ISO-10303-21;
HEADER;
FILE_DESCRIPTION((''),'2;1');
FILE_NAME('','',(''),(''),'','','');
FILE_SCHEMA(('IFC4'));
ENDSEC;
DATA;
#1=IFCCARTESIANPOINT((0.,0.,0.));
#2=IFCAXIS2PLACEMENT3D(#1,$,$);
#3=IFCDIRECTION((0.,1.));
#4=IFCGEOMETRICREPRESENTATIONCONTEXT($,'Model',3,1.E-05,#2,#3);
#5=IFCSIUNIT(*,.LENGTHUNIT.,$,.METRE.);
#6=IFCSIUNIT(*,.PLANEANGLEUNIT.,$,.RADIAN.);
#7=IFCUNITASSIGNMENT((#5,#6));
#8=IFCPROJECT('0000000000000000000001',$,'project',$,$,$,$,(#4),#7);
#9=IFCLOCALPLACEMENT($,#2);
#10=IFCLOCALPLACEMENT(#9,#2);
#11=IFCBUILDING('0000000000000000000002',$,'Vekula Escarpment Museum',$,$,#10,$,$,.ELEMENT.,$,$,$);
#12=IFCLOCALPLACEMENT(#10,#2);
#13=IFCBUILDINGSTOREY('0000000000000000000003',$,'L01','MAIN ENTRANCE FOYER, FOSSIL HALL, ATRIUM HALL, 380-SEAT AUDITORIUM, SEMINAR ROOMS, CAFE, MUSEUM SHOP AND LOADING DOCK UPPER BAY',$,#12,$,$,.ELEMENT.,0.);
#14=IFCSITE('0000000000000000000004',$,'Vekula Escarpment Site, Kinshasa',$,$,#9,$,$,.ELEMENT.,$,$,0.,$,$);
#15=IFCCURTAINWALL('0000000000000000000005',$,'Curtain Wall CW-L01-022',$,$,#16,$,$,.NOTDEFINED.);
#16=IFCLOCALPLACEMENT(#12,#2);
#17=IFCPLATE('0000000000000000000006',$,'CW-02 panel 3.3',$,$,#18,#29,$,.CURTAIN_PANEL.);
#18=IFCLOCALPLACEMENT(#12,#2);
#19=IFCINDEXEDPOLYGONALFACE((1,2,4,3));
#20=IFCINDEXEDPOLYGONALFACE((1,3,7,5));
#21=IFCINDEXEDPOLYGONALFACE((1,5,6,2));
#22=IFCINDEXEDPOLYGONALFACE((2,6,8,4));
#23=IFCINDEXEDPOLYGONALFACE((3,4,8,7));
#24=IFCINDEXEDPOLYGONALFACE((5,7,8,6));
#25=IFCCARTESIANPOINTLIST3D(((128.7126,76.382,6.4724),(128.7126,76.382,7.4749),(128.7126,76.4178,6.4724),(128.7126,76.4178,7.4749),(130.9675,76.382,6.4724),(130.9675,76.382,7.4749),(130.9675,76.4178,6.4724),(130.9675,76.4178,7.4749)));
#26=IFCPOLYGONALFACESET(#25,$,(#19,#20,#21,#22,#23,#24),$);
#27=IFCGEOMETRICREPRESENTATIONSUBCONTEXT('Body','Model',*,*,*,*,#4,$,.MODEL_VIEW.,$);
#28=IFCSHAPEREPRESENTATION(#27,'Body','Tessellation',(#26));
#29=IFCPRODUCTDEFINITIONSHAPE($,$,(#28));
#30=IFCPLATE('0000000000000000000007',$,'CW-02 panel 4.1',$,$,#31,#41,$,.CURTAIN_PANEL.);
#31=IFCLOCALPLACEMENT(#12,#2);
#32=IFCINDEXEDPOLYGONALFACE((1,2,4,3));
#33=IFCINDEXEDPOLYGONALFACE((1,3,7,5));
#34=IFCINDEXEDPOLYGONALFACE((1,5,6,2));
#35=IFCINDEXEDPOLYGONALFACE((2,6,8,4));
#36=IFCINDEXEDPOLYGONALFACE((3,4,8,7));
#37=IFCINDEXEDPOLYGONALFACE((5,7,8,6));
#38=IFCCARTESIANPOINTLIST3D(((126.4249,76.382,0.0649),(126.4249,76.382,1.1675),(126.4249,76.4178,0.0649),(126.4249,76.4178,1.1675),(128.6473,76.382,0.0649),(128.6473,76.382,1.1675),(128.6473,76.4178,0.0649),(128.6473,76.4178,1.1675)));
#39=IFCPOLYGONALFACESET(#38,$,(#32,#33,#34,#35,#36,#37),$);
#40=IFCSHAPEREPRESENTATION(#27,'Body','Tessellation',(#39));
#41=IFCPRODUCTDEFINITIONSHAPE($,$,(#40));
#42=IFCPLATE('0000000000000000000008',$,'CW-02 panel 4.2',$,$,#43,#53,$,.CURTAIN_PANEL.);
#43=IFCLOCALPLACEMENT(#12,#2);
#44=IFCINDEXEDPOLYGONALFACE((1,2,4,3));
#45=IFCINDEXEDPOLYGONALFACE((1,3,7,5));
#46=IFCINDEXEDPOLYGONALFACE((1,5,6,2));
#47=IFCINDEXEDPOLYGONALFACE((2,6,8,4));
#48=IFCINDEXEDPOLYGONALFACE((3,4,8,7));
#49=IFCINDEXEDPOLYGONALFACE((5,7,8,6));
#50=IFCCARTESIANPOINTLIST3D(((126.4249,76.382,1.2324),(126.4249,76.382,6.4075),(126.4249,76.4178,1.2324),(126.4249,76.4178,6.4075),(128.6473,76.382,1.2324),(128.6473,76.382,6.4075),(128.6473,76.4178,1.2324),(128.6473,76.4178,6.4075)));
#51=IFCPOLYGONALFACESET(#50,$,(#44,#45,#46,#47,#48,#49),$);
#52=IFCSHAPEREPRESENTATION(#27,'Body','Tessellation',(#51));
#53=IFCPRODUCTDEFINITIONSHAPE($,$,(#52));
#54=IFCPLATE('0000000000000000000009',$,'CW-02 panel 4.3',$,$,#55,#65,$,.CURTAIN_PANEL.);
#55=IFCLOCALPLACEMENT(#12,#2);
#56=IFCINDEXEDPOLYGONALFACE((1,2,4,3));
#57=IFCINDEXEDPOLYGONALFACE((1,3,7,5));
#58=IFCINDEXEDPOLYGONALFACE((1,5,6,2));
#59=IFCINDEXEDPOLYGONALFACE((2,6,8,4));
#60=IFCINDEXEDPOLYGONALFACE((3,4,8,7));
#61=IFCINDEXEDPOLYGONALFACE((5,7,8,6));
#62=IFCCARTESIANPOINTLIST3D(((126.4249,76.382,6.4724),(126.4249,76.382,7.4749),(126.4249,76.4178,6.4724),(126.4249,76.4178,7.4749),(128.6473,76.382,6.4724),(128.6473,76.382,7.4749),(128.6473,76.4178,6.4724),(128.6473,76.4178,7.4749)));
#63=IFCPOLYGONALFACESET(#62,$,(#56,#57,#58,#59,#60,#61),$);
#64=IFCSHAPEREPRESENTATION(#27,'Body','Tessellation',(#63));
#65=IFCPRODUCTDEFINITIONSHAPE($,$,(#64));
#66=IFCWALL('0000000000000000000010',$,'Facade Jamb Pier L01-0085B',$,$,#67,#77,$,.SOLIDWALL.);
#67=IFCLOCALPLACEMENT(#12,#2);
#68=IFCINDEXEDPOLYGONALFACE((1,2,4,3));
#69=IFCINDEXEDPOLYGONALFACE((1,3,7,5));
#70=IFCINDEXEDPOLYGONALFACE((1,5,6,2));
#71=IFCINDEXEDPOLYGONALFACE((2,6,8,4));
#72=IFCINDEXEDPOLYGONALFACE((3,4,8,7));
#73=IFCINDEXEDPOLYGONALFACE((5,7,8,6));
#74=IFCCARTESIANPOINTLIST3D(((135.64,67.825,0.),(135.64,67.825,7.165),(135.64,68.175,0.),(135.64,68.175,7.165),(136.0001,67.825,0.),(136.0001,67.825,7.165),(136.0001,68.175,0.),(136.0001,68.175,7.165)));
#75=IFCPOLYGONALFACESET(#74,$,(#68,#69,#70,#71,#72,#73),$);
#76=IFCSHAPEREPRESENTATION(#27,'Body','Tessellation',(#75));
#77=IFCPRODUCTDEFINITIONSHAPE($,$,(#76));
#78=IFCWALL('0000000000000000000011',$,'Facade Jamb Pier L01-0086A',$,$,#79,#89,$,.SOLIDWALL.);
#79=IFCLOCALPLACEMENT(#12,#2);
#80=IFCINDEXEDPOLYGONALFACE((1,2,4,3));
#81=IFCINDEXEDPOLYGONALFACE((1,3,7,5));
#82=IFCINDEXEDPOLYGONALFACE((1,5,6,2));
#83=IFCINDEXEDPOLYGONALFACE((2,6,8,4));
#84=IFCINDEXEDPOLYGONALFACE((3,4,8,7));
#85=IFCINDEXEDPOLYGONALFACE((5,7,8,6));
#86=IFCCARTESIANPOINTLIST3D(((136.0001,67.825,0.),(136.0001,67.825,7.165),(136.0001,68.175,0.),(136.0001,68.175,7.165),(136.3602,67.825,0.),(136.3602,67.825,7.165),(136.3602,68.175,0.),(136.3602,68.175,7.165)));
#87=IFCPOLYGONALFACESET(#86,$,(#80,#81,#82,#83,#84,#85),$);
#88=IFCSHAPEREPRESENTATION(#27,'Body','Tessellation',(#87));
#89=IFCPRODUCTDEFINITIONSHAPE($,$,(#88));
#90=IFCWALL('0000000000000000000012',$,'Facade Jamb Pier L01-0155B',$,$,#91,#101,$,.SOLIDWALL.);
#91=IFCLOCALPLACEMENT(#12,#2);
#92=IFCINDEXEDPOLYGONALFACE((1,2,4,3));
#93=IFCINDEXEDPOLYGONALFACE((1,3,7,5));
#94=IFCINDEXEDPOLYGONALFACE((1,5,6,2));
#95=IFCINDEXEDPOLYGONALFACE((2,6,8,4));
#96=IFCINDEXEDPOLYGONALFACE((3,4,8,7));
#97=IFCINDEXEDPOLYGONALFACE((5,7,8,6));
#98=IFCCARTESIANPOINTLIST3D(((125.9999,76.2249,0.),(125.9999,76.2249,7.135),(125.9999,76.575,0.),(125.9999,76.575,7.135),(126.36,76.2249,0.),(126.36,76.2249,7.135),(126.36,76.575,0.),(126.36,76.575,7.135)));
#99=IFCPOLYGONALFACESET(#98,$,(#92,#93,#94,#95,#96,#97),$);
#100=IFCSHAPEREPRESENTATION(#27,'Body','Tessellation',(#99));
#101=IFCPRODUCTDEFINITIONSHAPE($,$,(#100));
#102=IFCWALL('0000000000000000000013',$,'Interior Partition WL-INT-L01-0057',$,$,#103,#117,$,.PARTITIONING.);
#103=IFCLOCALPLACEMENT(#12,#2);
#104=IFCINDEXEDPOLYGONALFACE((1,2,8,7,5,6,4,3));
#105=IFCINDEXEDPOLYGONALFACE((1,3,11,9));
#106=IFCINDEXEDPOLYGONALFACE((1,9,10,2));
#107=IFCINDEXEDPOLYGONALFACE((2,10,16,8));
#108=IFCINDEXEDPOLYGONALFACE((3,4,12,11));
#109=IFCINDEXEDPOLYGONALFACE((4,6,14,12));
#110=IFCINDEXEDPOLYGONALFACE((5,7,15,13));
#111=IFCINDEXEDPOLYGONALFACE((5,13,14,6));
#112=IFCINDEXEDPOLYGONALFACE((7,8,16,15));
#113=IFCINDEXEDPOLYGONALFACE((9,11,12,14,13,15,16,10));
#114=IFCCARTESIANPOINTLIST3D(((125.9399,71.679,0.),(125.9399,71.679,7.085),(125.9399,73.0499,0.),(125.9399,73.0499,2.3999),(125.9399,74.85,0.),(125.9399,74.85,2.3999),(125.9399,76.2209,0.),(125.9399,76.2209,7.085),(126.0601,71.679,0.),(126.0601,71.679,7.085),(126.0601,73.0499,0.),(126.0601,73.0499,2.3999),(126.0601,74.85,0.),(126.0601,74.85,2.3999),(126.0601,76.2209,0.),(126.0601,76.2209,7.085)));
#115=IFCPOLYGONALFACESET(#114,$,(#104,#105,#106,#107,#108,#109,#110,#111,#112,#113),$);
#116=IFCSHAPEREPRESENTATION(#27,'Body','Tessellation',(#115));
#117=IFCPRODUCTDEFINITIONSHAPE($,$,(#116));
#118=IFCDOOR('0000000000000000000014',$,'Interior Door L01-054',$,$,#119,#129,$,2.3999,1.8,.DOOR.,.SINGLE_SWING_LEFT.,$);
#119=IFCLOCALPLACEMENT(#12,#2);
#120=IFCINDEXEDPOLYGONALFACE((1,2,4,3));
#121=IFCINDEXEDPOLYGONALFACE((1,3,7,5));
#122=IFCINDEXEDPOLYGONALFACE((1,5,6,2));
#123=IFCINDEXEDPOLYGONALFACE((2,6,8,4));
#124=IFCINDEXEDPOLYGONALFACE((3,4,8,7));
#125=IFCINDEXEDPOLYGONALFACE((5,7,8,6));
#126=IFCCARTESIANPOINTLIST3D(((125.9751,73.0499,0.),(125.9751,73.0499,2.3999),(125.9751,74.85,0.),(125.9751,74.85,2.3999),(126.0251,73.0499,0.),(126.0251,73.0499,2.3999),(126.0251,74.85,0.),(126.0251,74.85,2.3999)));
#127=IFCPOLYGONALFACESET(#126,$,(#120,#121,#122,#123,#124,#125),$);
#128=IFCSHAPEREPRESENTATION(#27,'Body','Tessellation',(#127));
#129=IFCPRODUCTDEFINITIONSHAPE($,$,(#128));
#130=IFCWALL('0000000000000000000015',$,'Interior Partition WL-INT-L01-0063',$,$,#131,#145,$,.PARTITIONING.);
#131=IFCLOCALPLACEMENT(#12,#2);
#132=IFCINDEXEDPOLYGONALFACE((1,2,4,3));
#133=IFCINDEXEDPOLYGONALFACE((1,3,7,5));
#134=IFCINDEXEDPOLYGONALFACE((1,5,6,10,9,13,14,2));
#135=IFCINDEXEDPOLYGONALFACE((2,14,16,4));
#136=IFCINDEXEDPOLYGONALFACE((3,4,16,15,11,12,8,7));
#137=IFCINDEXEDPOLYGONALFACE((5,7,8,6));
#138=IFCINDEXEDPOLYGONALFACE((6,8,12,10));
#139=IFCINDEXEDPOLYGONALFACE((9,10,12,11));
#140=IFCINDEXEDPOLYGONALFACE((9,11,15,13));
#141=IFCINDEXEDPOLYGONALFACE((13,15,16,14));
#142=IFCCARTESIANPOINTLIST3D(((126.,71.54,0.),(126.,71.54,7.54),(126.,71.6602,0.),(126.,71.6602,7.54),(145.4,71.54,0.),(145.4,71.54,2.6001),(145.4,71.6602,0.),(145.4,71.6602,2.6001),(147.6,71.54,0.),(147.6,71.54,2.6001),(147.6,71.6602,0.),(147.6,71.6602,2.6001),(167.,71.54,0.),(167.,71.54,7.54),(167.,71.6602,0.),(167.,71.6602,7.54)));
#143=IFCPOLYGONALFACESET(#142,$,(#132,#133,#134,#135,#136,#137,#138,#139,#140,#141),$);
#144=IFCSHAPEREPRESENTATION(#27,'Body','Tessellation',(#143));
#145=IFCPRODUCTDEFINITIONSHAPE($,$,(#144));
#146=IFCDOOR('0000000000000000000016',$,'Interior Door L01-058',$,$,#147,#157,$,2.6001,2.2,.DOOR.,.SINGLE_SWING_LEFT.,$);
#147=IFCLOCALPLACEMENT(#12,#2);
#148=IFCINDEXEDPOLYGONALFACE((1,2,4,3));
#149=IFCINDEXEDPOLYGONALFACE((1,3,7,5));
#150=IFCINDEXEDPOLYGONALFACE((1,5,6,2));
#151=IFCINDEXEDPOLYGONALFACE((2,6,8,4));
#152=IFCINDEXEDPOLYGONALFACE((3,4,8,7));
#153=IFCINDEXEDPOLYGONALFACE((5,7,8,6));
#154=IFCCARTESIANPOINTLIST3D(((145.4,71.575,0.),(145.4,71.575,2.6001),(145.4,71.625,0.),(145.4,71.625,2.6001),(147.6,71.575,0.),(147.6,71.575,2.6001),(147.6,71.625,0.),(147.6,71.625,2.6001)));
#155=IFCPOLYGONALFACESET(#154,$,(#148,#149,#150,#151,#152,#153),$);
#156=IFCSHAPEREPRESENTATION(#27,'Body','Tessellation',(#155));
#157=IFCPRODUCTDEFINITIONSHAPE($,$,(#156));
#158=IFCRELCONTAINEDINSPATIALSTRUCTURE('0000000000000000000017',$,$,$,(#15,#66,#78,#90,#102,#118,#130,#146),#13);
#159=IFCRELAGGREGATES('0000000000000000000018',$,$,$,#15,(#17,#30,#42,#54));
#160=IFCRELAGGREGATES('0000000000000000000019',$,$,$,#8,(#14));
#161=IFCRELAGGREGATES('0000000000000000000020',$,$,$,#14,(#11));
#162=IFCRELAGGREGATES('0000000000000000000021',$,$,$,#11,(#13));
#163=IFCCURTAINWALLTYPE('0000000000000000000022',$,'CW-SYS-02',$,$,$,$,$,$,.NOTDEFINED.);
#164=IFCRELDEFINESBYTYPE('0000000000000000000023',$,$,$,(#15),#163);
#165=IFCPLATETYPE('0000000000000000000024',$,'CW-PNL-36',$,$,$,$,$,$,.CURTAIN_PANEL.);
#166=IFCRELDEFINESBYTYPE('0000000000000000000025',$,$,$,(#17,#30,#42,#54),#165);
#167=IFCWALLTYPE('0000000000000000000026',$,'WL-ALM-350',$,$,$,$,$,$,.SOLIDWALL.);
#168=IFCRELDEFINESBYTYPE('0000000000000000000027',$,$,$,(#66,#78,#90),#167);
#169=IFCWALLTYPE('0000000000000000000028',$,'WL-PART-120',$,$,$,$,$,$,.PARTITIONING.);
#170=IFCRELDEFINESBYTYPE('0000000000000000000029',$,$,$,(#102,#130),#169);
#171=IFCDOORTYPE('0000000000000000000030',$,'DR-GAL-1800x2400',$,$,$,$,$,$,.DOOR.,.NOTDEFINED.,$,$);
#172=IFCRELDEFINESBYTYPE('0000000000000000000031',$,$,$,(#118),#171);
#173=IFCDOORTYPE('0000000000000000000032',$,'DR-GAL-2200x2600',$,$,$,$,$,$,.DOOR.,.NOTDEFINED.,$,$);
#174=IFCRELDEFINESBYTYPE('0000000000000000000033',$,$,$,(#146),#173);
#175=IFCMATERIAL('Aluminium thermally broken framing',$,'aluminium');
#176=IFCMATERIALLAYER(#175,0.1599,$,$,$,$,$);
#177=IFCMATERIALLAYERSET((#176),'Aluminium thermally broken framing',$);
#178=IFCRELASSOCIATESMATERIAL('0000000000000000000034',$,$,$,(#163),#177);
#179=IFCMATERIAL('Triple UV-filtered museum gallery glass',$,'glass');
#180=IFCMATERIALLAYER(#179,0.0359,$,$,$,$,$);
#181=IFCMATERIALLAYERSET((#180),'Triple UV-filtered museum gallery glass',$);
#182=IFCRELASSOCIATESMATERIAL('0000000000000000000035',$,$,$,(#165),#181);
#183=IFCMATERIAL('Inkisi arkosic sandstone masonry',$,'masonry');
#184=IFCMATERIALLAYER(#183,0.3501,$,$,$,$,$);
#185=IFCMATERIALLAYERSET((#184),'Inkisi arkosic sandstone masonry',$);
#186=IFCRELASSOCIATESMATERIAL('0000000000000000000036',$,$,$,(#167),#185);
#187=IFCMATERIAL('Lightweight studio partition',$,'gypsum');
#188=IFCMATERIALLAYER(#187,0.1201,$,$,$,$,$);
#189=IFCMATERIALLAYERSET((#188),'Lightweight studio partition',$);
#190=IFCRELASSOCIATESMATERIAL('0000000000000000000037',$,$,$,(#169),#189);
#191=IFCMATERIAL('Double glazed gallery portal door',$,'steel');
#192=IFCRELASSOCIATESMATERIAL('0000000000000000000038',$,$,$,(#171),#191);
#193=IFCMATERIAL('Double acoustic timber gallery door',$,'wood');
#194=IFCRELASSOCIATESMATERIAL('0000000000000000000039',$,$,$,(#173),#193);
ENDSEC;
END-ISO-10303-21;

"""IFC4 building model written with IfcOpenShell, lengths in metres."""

from ifc_helpers import new_model, si_unit, direction, frame, frame_2d, origin, origin_2d, place, context, subcontext, project, spatial, rectangle, extrude, material, layer, layer_set, type_object, element, fill, aggregate, save


model = new_model("IFC4")

# Units and contexts
model_context = context("Model", 3, precision=1e-05, world=origin(), true_north=direction((0.0, 1.0)))
body_context = subcontext(model_context, "Body", "Model", "MODEL_VIEW")
ifc_project = project(units=[si_unit("LENGTHUNIT", "METRE"), si_unit("PLANEANGLEUNIT", "RADIAN")], contexts=[model_context])

# Site, building, storey
site_placement = place(None, origin())
site = spatial("IfcSite", under=ifc_project, at=site_placement, Name="Vekula Escarpment Site, Kinshasa", CompositionType="ELEMENT", RefElevation=0.0)
building_placement = place(site_placement, origin())
building = spatial("IfcBuilding", under=site, at=building_placement, Name="Vekula Escarpment Museum", CompositionType="ELEMENT")
storey_placement = place(building_placement, origin())
storey = spatial("IfcBuildingStorey", under=building, at=storey_placement, Name="L01", Description="MAIN ENTRANCE FOYER, FOSSIL HALL, ATRIUM HALL, 380-SEAT AUDITORIUM, SEMINAR ROOMS, CAFE, MUSEUM SHOP AND LOADING DOCK UPPER BAY", CompositionType="ELEMENT", Elevation=0.0)

# Shared definitions
ifc_material_1 = material(Name="Aluminium thermally broken framing", Category="aluminium")
ifc_layer_1 = layer(ifc_material_1, 0.1599)
ifc_layer_set_1 = layer_set([ifc_layer_1], Name="Aluminium thermally broken framing")
curtain_wall_type = type_object("IfcCurtainWallType", Name="CW-SYS-02", PredefinedType="NOTDEFINED", material=ifc_layer_set_1)

# Curtain wall
curtain_wall_1_placement = place(storey_placement, origin())
curtain_wall_1 = element("IfcCurtainWall", 1, at=curtain_wall_1_placement, inside=storey, type_object=curtain_wall_type, Name="Curtain Wall CW-L01-022", PredefinedType="NOTDEFINED")

# Plates
ifc_material_2 = material(Name="Triple UV-filtered museum gallery glass", Category="glass")
ifc_layer_2 = layer(ifc_material_2, 0.0359)
ifc_layer_set_2 = layer_set([ifc_layer_2], Name="Triple UV-filtered museum gallery glass")
plate_type_1 = type_object("IfcPlateType", Name="CW-PNL-36", PredefinedType="CURTAIN_PANEL", material=ifc_layer_set_2)
plate_1_placement = place(storey_placement, frame((129.8401, 76.3999, 6.4724), z_axis=(0.0, 0.0, 1.0), x_axis=(-1.0, 0.0, 0.0)))
plate_1 = element("IfcPlate", 2, at=plate_1_placement, type_object=plate_type_1, Name="CW-02 panel 3.3", PredefinedType="CURTAIN_PANEL", context=body_context, shape_type="SweptSolid", body=[
    extrude(rectangle(XDim=2.2549, YDim=0.0359, at=origin_2d()), origin(), (0.0, 0.0, 1.0), 1.0024),
])
plate_2_placement = place(storey_placement, frame((127.5361, 76.3999, 0.0649), z_axis=(0.0, 0.0, 1.0), x_axis=(-1.0, 0.0, 0.0)))
plate_2 = element("IfcPlate", 3, at=plate_2_placement, type_object=plate_type_1, Name="CW-02 panel 4.1", PredefinedType="CURTAIN_PANEL", context=body_context, shape_type="SweptSolid", body=[
    extrude(rectangle(XDim=2.2224, YDim=0.0359, at=origin_2d()), origin(), (0.0, 0.0, 1.0), 1.1025),
])
plate_3_placement = place(storey_placement, frame((127.5361, 76.3999, 1.2324), z_axis=(0.0, 0.0, 1.0), x_axis=(-1.0, 0.0, 0.0)))
plate_3 = element("IfcPlate", 4, at=plate_3_placement, type_object=plate_type_1, Name="CW-02 panel 4.2", PredefinedType="CURTAIN_PANEL", context=body_context, shape_type="SweptSolid", body=[
    extrude(rectangle(XDim=2.2224, YDim=0.0359, at=origin_2d()), origin(), (0.0, 0.0, 1.0), 5.175),
])
plate_4_placement = place(storey_placement, frame((127.5361, 76.3999, 6.4724), z_axis=(0.0, 0.0, 1.0), x_axis=(-1.0, 0.0, 0.0)))
plate_4 = element("IfcPlate", 5, at=plate_4_placement, type_object=plate_type_1, Name="CW-02 panel 4.3", PredefinedType="CURTAIN_PANEL", context=body_context, shape_type="SweptSolid", body=[
    extrude(rectangle(XDim=2.2224, YDim=0.0359, at=origin_2d()), origin(), (0.0, 0.0, 1.0), 1.0024),
])
aggregate(curtain_wall_1, [plate_1, plate_2, plate_3, plate_4])

# Walls
ifc_material_3 = material(Name="Inkisi arkosic sandstone masonry", Category="masonry")
ifc_layer_3 = layer(ifc_material_3, 0.3501)
ifc_layer_set_3 = layer_set([ifc_layer_3], Name="Inkisi arkosic sandstone masonry")
wall_type_1 = type_object("IfcWallType", Name="WL-ALM-350", PredefinedType="SOLIDWALL", material=ifc_layer_set_3)
for number, where, z_axis, x_axis, name in (
    (6, (135.6399, 68.0, 0.0), (0.0, 0.0, 1.0), (1.0, 0.0, 0.0), "Facade Jamb Pier L01-0085B"),
    (7, (136.0, 68.0, 0.0), (0.0, 0.0, 1.0), (1.0, 0.0, 0.0), "Facade Jamb Pier L01-0086A"),
):
    element("IfcWall", number, at=place(storey_placement, frame(where, z_axis=z_axis, x_axis=x_axis)), inside=storey, type_object=wall_type_1, Name=name, PredefinedType="SOLIDWALL", context=body_context, shape_type="SweptSolid", body=[
        extrude(rectangle(XDim=0.3601, YDim=0.3501, at=frame_2d((0.1802, 0.0))), origin(), (0.0, 0.0, 1.0), 7.165),
    ])
wall_1_placement = place(storey_placement, frame((126.3601, 76.3999, 0.0), z_axis=(0.0, 0.0, 1.0), x_axis=(-1.0, 0.0, 0.0)))
element("IfcWall", 8, at=wall_1_placement, inside=storey, type_object=wall_type_1, Name="Facade Jamb Pier L01-0155B", PredefinedType="SOLIDWALL", context=body_context, shape_type="SweptSolid", body=[
    extrude(rectangle(XDim=0.3601, YDim=0.3501, at=frame_2d((0.1802, 0.0))), origin(), (0.0, 0.0, 1.0), 7.135),
])

# Walls, openings, doors
ifc_material_4 = material(Name="Lightweight studio partition", Category="gypsum")
ifc_layer_4 = layer(ifc_material_4, 0.1201)
ifc_layer_set_4 = layer_set([ifc_layer_4], Name="Lightweight studio partition")
wall_type_2 = type_object("IfcWallType", Name="WL-PART-120", PredefinedType="PARTITIONING", material=ifc_layer_set_4)
wall_2_placement = place(storey_placement, frame((126.0, 71.679, 0.0), z_axis=(0.0, 0.0, 1.0), x_axis=(0.0, 1.0, 0.0)))
wall_2 = element("IfcWall", 9, at=wall_2_placement, inside=storey, type_object=wall_type_2, Name="Interior Partition WL-INT-L01-0057", PredefinedType="PARTITIONING", context=body_context, shape_type="SweptSolid", body=[
    extrude(rectangle(XDim=4.542, YDim=0.1201, at=frame_2d((2.271, 0.0))), origin(), (0.0, 0.0, 1.0), 7.085),
])
opening_1_placement = place(wall_2_placement, frame((1.3711, 0.0, 0.0)))
opening_1 = element("IfcOpeningElement", 10, at=opening_1_placement, cuts=wall_2, PredefinedType="OPENING", context=body_context, shape_type="SweptSolid", body=[
    extrude(rectangle(XDim=1.8, YDim=2.3999, at=frame_2d((0.8999, 1.2))), frame((0.0, 0.0701, 0.0), z_axis=(0.0, -1.0, 0.0), x_axis=(1.0, 0.0, 0.0)), (0.0, 0.0, 1.0), 0.1401),
])
ifc_material_5 = material(Name="Double glazed gallery portal door", Category="steel")
door_type_1 = type_object("IfcDoorType", Name="DR-GAL-1800x2400", OperationType="NOTDEFINED", PredefinedType="DOOR", material=ifc_material_5)
door_1_placement = place(opening_1_placement, origin())
door_1 = element("IfcDoor", 11, at=door_1_placement, inside=storey, type_object=door_type_1, Name="Interior Door L01-054", OperationType="SINGLE_SWING_LEFT", OverallHeight=2.3999, OverallWidth=1.8, PredefinedType="DOOR", context=body_context, shape_type="SweptSolid", body=[
    extrude(rectangle(XDim=1.8, YDim=2.3999, at=frame_2d((0.8999, 1.2))), frame((0.0, 0.0249, 0.0), z_axis=(0.0, -1.0, 0.0), x_axis=(1.0, 0.0, 0.0)), (0.0, 0.0, 1.0), 0.05),
])
fill(opening_1, door_1)
wall_3_placement = place(storey_placement, frame((126.0, 71.6001, 0.0), z_axis=(0.0, 0.0, 1.0), x_axis=(1.0, 0.0, 0.0)))
wall_3 = element("IfcWall", 12, at=wall_3_placement, inside=storey, type_object=wall_type_2, Name="Interior Partition WL-INT-L01-0063", PredefinedType="PARTITIONING", context=body_context, shape_type="SweptSolid", body=[
    extrude(rectangle(XDim=41.0, YDim=0.1201, at=frame_2d((20.5, 0.0))), origin(), (0.0, 0.0, 1.0), 7.54),
])
opening_2_placement = place(wall_3_placement, frame((19.3999, 0.0, 0.0)))
opening_2 = element("IfcOpeningElement", 13, at=opening_2_placement, cuts=wall_3, PredefinedType="OPENING", context=body_context, shape_type="SweptSolid", body=[
    extrude(rectangle(XDim=2.2, YDim=2.6001, at=frame_2d((1.1001, 1.3))), frame((0.0, 0.0701, 0.0), z_axis=(0.0, -1.0, 0.0), x_axis=(1.0, 0.0, 0.0)), (0.0, 0.0, 1.0), 0.1401),
])
ifc_material_6 = material(Name="Double acoustic timber gallery door", Category="wood")
door_type_2 = type_object("IfcDoorType", Name="DR-GAL-2200x2600", OperationType="NOTDEFINED", PredefinedType="DOOR", material=ifc_material_6)
door_2_placement = place(opening_2_placement, origin())
door_2 = element("IfcDoor", 14, at=door_2_placement, inside=storey, type_object=door_type_2, Name="Interior Door L01-058", OperationType="SINGLE_SWING_LEFT", OverallHeight=2.6001, OverallWidth=2.2, PredefinedType="DOOR", context=body_context, shape_type="SweptSolid", body=[
    extrude(rectangle(XDim=2.2, YDim=2.6001, at=frame_2d((1.1001, 1.3))), frame((0.0, 0.0249, 0.0), z_axis=(0.0, -1.0, 0.0), x_axis=(1.0, 0.0, 0.0)), (0.0, 0.0, 1.0), 0.05),
])
fill(opening_2, door_2)

save(model, "model.ifc")
